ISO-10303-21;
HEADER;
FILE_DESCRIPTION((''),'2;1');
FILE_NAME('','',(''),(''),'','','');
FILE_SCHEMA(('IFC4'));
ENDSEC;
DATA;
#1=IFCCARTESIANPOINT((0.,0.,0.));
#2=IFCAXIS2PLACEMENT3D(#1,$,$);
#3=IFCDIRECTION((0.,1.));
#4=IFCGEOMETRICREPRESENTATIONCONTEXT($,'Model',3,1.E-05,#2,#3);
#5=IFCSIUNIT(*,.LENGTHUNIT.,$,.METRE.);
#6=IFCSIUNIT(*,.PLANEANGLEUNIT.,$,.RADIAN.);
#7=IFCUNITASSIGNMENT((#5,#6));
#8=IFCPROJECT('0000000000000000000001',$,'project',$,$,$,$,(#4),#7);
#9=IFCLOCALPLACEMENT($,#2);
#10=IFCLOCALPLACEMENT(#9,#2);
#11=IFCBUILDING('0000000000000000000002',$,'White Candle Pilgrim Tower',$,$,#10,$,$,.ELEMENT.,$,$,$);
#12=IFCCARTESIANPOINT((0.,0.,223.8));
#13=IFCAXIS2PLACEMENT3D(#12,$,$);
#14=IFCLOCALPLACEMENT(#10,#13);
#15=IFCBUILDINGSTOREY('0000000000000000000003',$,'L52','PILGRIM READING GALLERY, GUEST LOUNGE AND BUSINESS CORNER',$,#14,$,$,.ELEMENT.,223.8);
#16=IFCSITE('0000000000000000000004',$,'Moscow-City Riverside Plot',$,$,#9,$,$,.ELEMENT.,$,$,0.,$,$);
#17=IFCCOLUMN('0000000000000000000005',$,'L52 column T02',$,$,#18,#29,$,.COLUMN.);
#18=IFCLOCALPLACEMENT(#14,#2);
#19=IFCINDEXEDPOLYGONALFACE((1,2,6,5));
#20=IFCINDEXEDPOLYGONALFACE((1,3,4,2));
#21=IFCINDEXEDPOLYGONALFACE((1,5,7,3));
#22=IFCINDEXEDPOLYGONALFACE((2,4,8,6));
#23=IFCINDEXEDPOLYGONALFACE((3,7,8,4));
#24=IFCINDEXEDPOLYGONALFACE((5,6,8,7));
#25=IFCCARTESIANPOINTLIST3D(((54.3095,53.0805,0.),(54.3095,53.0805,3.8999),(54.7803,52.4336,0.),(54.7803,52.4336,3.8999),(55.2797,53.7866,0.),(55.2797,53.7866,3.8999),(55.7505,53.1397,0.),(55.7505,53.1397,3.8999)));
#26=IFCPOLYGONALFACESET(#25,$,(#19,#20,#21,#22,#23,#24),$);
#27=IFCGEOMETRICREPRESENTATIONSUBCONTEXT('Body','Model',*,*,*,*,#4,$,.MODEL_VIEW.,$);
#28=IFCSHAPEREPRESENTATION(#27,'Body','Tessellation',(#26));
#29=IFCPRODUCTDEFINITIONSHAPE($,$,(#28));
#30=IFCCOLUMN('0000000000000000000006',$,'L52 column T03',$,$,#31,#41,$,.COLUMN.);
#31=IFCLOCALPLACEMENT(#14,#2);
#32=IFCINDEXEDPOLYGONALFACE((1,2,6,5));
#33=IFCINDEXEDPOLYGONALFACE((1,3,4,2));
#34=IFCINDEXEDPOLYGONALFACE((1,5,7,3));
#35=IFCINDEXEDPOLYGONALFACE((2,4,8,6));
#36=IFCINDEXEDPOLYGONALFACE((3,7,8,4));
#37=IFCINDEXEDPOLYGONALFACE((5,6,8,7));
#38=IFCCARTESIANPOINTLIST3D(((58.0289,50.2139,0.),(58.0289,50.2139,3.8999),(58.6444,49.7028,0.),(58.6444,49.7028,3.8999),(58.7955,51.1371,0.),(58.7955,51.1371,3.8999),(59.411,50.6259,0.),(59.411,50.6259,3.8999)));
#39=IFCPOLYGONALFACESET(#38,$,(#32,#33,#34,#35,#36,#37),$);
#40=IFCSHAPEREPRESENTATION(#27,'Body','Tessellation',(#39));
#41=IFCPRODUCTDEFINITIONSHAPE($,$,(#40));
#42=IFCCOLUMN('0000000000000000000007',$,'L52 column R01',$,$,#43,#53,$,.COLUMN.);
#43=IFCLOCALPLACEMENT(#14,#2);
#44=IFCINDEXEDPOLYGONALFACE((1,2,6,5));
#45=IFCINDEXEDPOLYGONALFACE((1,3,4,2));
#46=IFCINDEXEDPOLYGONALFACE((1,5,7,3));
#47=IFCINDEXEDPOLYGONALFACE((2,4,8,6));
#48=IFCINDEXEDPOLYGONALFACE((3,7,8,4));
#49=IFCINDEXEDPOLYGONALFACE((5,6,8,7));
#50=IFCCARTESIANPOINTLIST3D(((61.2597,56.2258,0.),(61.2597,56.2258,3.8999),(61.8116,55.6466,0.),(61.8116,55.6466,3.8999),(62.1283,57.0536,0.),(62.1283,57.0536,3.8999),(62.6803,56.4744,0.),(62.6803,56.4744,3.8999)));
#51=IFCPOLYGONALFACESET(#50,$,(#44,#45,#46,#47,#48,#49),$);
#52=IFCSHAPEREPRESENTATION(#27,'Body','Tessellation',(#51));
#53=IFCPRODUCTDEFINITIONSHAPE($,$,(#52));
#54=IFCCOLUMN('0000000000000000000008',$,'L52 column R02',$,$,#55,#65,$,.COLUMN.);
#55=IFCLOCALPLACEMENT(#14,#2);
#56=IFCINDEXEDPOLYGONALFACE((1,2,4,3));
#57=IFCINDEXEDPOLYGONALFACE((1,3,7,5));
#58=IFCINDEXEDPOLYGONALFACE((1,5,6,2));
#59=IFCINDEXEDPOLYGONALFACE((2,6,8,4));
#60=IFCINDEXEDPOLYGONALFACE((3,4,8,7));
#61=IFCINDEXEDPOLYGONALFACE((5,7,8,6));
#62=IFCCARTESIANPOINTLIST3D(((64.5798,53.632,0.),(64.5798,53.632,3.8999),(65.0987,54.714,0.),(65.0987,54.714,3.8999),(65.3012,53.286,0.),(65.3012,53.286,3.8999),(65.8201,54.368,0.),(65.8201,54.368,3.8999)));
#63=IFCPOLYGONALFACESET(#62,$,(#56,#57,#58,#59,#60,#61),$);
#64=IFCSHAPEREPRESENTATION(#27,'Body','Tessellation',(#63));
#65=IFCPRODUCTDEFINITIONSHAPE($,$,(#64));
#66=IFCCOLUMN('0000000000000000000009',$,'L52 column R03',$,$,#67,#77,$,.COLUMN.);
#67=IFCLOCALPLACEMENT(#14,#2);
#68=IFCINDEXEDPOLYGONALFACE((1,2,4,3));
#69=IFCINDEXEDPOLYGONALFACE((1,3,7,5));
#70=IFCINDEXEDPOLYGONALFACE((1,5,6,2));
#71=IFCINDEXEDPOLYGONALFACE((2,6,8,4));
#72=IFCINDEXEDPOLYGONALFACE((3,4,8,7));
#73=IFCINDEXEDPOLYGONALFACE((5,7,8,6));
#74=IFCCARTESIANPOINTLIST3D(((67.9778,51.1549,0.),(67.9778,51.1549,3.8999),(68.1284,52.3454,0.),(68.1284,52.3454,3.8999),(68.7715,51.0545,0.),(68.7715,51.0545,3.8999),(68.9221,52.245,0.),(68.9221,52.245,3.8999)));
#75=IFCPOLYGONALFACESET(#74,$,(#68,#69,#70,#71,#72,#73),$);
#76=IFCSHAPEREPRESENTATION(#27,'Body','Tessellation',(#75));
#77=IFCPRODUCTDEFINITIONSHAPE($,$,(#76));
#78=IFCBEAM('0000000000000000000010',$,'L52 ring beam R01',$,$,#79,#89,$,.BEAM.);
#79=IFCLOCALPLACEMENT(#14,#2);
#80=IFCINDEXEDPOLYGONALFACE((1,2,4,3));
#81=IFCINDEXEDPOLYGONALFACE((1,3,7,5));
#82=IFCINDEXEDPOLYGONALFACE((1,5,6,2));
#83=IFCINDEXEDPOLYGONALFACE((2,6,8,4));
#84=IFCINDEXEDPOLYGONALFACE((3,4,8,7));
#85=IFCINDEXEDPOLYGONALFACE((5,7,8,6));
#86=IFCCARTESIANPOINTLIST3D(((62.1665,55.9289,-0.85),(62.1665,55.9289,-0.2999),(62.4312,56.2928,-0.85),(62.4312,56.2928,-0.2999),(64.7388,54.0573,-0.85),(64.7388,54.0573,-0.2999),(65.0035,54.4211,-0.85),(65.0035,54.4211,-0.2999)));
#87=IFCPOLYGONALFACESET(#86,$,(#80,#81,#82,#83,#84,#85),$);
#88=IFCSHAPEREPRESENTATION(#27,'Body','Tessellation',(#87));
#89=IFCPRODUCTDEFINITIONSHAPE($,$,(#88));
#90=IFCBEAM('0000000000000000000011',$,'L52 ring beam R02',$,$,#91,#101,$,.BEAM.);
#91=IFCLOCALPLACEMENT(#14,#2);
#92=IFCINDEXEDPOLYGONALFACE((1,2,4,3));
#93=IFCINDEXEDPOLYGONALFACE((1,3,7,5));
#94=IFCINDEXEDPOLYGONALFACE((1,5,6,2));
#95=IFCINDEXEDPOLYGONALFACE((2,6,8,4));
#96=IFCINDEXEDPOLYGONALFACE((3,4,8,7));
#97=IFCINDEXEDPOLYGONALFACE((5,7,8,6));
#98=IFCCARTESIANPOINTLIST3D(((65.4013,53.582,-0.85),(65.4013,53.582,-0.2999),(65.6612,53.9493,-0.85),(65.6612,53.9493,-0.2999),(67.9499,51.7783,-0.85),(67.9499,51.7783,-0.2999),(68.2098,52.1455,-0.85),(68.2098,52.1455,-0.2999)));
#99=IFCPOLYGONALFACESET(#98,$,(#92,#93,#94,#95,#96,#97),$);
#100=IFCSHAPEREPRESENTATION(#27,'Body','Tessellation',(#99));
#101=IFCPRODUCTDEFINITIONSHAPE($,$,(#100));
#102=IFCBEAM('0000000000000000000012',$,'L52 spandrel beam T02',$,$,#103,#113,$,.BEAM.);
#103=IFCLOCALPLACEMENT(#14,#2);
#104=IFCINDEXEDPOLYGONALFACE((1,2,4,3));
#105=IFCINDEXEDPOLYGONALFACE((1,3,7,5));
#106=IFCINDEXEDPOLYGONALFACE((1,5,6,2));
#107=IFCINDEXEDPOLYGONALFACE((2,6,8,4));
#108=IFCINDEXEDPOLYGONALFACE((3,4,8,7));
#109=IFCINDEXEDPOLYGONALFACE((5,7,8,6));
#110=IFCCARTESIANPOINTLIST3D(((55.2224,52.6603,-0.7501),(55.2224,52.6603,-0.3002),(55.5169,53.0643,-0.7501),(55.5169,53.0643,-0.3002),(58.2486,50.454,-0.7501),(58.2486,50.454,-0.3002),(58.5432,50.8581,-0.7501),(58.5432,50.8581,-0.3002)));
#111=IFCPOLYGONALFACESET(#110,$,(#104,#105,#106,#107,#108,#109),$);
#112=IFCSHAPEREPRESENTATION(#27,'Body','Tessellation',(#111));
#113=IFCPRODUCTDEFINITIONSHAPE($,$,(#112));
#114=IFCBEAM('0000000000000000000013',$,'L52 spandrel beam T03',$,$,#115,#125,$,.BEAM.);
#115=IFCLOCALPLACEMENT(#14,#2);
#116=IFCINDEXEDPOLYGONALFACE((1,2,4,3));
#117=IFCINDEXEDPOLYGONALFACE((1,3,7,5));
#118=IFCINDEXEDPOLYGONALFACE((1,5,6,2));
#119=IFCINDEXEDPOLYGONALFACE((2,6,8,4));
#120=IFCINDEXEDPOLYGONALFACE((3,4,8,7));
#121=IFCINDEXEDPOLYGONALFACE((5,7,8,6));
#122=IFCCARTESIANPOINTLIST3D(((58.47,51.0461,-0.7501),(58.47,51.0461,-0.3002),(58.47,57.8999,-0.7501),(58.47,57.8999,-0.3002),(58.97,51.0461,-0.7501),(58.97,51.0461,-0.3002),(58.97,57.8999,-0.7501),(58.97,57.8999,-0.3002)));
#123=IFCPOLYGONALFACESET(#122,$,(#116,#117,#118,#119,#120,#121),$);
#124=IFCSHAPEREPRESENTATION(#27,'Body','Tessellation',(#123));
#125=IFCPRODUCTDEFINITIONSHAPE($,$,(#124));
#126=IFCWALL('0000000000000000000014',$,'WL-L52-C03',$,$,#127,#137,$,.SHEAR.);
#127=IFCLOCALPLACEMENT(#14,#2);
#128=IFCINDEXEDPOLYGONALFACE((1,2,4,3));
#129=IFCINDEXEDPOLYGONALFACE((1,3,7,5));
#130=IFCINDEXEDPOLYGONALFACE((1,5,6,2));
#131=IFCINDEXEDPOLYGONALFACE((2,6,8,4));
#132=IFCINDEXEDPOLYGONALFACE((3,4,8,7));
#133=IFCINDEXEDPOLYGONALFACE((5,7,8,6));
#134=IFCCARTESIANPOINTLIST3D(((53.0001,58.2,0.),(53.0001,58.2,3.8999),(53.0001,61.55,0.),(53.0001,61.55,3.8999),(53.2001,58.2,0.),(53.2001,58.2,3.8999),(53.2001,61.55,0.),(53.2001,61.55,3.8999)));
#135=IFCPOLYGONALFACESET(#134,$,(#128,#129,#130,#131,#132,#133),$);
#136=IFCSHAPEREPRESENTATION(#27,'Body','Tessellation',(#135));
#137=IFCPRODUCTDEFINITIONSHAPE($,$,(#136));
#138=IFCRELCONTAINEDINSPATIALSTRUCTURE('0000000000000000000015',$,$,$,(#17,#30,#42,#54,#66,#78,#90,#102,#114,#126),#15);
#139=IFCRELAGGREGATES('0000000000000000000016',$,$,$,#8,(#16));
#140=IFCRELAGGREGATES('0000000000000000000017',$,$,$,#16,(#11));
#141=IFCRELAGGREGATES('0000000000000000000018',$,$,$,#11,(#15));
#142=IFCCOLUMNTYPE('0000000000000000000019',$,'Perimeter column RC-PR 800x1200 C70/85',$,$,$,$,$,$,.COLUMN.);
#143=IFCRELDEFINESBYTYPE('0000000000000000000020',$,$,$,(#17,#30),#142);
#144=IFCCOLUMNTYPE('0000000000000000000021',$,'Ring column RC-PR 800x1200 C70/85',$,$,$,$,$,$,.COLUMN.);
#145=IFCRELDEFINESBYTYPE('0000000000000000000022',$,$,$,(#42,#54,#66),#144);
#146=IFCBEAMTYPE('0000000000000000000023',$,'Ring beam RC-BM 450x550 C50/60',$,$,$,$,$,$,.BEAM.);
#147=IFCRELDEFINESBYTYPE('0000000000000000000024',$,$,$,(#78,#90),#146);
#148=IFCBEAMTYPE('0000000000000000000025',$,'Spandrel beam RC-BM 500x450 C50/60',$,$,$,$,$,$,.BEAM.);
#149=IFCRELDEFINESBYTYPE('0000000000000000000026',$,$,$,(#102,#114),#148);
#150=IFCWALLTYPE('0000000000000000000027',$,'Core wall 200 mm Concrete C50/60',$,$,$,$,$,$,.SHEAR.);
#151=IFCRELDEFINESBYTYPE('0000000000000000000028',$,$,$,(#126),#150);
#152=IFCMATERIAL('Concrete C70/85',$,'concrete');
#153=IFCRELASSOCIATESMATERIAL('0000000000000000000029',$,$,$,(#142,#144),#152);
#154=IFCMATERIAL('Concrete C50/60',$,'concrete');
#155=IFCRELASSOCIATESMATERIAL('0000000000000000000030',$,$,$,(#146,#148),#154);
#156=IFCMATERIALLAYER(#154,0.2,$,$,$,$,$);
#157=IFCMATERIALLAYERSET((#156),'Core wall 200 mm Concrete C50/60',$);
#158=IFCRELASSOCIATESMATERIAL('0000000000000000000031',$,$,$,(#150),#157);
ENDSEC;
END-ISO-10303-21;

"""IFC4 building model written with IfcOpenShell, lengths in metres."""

from ifc_helpers import new_model, si_unit, direction, frame, frame_2d, origin, origin_2d, place, context, subcontext, project, spatial, rectangle, extrude, material, layer, layer_set, material_profile, profile_set, type_object, element, save


model = new_model("IFC4")

# Units and contexts
model_context = context("Model", 3, precision=1e-05, world=origin(), true_north=direction((0.0, 1.0)))
body_context = subcontext(model_context, "Body", "Model", "MODEL_VIEW")
ifc_project = project(units=[si_unit("LENGTHUNIT", "METRE"), si_unit("PLANEANGLEUNIT", "RADIAN")], contexts=[model_context])

# Site, building, storey
site_placement = place(None, origin())
site = spatial("IfcSite", under=ifc_project, at=site_placement, Name="Moscow-City Riverside Plot", CompositionType="ELEMENT", RefElevation=0.0)
building_placement = place(site_placement, origin())
building = spatial("IfcBuilding", under=site, at=building_placement, Name="White Candle Pilgrim Tower", CompositionType="ELEMENT")
storey_placement = place(building_placement, frame((0.0, 0.0, 223.8)))
storey = spatial("IfcBuildingStorey", under=building, at=storey_placement, Name="L52", Description="PILGRIM READING GALLERY, GUEST LOUNGE AND BUSINESS CORNER", CompositionType="ELEMENT", Elevation=223.8)

# Columns
ifc_material_1 = material(Name="Concrete C70/85", Category="concrete")
ifc_material_profile_1 = material_profile(ifc_material_1, rectangle(XDim=0.8, YDim=1.2, at=origin_2d()), Name="RC-PR 800x1200")
ifc_profile_set_1 = profile_set([ifc_material_profile_1], Name="Concrete C70/85")
column_type_1 = type_object("IfcColumnType", Name="Perimeter column RC-PR 800x1200 C70/85", PredefinedType="COLUMN", material=ifc_profile_set_1)
for number, where, z_axis, x_axis, name in (
    (1, (55.03, 53.1101, 0.0), (0.0, 0.0, 1.0), (-0.588463, 0.808524, 0.0), "L52 column T02"),
    (2, (58.72, 50.4199, 0.0), (0.0, 0.0, 1.0), (-0.76931, 0.638875, 0.0), "L52 column T03"),
):
    element("IfcColumn", number, at=place(storey_placement, frame(where, z_axis=z_axis, x_axis=x_axis)), inside=storey, type_object=column_type_1, Name=name, PredefinedType="COLUMN", context=body_context, shape_type="SweptSolid", body=[
        extrude(rectangle(XDim=0.8, YDim=1.2, at=origin_2d()), origin(), (0.0, 0.0, 1.0), 3.8999),
    ])
ifc_material_profile_2 = material_profile(ifc_material_1, rectangle(XDim=0.8, YDim=1.2, at=origin_2d()), Name="RC-PR 800x1200")
ifc_profile_set_2 = profile_set([ifc_material_profile_2], Name="Concrete C70/85")
column_type_2 = type_object("IfcColumnType", Name="Ring column RC-PR 800x1200 C70/85", PredefinedType="COLUMN", material=ifc_profile_set_2)
for number, where, z_axis, x_axis, name in (
    (3, (61.97, 56.3501, 0.0), (0.0, 0.0, 1.0), (-0.689872, 0.723931, 0.0), "L52 column R01"),
    (4, (65.2, 54.0, 0.0), (0.0, 0.0, 1.0), (-0.901689, 0.432385, 0.0), "L52 column R02"),
    (5, (68.45, 51.7, 0.0), (0.0, 0.0, 1.0), (-0.992093, 0.125506, 0.0), "L52 column R03"),
):
    element("IfcColumn", number, at=place(storey_placement, frame(where, z_axis=z_axis, x_axis=x_axis)), inside=storey, type_object=column_type_2, Name=name, PredefinedType="COLUMN", context=body_context, shape_type="SweptSolid", body=[
        extrude(rectangle(XDim=0.8, YDim=1.2, at=origin_2d()), origin(), (0.0, 0.0, 1.0), 3.8999),
    ])

# Beams
ifc_material_2 = material(Name="Concrete C50/60", Category="concrete")
ifc_material_profile_3 = material_profile(ifc_material_2, rectangle(XDim=0.45, YDim=0.55, at=origin_2d()), Name="RC-BM 450x550")
ifc_profile_set_3 = profile_set([ifc_material_profile_3], Name="Concrete C50/60")
beam_type_1 = type_object("IfcBeamType", Name="Ring beam RC-BM 450x550 C50/60", PredefinedType="BEAM", material=ifc_profile_set_3)
beam_1_placement = place(storey_placement, frame((62.2988, 56.1108, -0.575), z_axis=(0.80861, -0.588345, 0.0), x_axis=(0.588345, 0.80861, 0.0)))
element("IfcBeam", 6, at=beam_1_placement, inside=storey, type_object=beam_type_1, Name="L52 ring beam R01", PredefinedType="BEAM", context=body_context, shape_type="SweptSolid", body=[
    extrude(rectangle(XDim=0.45, YDim=0.55, at=origin_2d()), origin(), (0.0, 0.0, 1.0), 3.1812),
])
beam_2_placement = place(storey_placement, frame((65.5312, 53.7656, -0.575), z_axis=(0.816256, -0.57769, 0.0), x_axis=(0.57769, 0.816256, 0.0)))
element("IfcBeam", 7, at=beam_2_placement, inside=storey, type_object=beam_type_1, Name="L52 ring beam R02", PredefinedType="BEAM", context=body_context, shape_type="SweptSolid", body=[
    extrude(rectangle(XDim=0.45, YDim=0.55, at=origin_2d()), origin(), (0.0, 0.0, 1.0), 3.1223),
])
ifc_material_profile_4 = material_profile(ifc_material_2, rectangle(XDim=0.5, YDim=0.45, at=origin_2d()), Name="RC-BM 500x450")
ifc_profile_set_4 = profile_set([ifc_material_profile_4], Name="Concrete C50/60")
beam_type_2 = type_object("IfcBeamType", Name="Spandrel beam RC-BM 500x450 C50/60", PredefinedType="BEAM", material=ifc_profile_set_4)
beam_3_placement = place(storey_placement, frame((55.3696, 52.8623, -0.5251), z_axis=(0.808062, -0.589098, 0.0), x_axis=(0.589098, 0.808062, 0.0)))
element("IfcBeam", 8, at=beam_3_placement, inside=storey, type_object=beam_type_2, Name="L52 spandrel beam T02", PredefinedType="BEAM", context=body_context, shape_type="SweptSolid", body=[
    extrude(rectangle(XDim=0.5, YDim=0.45, at=origin_2d()), origin(), (0.0, 0.0, 1.0), 3.7451),
])
beam_4_placement = place(storey_placement, frame((58.72, 51.0461, -0.5251), z_axis=(0.0, 1.0, 0.0), x_axis=(-1.0, 0.0, 0.0)))
element("IfcBeam", 9, at=beam_4_placement, inside=storey, type_object=beam_type_2, Name="L52 spandrel beam T03", PredefinedType="BEAM", context=body_context, shape_type="SweptSolid", body=[
    extrude(rectangle(XDim=0.5, YDim=0.45, at=origin_2d()), origin(), (0.0, 0.0, 1.0), 6.8538),
])

# Wall
ifc_layer_1 = layer(ifc_material_2, 0.2)
ifc_layer_set_1 = layer_set([ifc_layer_1], Name="Core wall 200 mm Concrete C50/60")
wall_type_1 = type_object("IfcWallType", Name="Core wall 200 mm Concrete C50/60", PredefinedType="SHEAR", material=ifc_layer_set_1)
wall_1_placement = place(storey_placement, frame((53.1001, 58.2, 0.0), z_axis=(0.0, 0.0, 1.0), x_axis=(0.0, 1.0, 0.0)))
element("IfcWall", 10, at=wall_1_placement, inside=storey, type_object=wall_type_1, Name="WL-L52-C03", PredefinedType="SHEAR", context=body_context, shape_type="SweptSolid", body=[
    extrude(rectangle(XDim=3.3501, YDim=0.2, at=frame_2d((1.675, 0.0))), origin(), (0.0, 0.0, 1.0), 3.8999),
])

save(model, "model.ifc")
